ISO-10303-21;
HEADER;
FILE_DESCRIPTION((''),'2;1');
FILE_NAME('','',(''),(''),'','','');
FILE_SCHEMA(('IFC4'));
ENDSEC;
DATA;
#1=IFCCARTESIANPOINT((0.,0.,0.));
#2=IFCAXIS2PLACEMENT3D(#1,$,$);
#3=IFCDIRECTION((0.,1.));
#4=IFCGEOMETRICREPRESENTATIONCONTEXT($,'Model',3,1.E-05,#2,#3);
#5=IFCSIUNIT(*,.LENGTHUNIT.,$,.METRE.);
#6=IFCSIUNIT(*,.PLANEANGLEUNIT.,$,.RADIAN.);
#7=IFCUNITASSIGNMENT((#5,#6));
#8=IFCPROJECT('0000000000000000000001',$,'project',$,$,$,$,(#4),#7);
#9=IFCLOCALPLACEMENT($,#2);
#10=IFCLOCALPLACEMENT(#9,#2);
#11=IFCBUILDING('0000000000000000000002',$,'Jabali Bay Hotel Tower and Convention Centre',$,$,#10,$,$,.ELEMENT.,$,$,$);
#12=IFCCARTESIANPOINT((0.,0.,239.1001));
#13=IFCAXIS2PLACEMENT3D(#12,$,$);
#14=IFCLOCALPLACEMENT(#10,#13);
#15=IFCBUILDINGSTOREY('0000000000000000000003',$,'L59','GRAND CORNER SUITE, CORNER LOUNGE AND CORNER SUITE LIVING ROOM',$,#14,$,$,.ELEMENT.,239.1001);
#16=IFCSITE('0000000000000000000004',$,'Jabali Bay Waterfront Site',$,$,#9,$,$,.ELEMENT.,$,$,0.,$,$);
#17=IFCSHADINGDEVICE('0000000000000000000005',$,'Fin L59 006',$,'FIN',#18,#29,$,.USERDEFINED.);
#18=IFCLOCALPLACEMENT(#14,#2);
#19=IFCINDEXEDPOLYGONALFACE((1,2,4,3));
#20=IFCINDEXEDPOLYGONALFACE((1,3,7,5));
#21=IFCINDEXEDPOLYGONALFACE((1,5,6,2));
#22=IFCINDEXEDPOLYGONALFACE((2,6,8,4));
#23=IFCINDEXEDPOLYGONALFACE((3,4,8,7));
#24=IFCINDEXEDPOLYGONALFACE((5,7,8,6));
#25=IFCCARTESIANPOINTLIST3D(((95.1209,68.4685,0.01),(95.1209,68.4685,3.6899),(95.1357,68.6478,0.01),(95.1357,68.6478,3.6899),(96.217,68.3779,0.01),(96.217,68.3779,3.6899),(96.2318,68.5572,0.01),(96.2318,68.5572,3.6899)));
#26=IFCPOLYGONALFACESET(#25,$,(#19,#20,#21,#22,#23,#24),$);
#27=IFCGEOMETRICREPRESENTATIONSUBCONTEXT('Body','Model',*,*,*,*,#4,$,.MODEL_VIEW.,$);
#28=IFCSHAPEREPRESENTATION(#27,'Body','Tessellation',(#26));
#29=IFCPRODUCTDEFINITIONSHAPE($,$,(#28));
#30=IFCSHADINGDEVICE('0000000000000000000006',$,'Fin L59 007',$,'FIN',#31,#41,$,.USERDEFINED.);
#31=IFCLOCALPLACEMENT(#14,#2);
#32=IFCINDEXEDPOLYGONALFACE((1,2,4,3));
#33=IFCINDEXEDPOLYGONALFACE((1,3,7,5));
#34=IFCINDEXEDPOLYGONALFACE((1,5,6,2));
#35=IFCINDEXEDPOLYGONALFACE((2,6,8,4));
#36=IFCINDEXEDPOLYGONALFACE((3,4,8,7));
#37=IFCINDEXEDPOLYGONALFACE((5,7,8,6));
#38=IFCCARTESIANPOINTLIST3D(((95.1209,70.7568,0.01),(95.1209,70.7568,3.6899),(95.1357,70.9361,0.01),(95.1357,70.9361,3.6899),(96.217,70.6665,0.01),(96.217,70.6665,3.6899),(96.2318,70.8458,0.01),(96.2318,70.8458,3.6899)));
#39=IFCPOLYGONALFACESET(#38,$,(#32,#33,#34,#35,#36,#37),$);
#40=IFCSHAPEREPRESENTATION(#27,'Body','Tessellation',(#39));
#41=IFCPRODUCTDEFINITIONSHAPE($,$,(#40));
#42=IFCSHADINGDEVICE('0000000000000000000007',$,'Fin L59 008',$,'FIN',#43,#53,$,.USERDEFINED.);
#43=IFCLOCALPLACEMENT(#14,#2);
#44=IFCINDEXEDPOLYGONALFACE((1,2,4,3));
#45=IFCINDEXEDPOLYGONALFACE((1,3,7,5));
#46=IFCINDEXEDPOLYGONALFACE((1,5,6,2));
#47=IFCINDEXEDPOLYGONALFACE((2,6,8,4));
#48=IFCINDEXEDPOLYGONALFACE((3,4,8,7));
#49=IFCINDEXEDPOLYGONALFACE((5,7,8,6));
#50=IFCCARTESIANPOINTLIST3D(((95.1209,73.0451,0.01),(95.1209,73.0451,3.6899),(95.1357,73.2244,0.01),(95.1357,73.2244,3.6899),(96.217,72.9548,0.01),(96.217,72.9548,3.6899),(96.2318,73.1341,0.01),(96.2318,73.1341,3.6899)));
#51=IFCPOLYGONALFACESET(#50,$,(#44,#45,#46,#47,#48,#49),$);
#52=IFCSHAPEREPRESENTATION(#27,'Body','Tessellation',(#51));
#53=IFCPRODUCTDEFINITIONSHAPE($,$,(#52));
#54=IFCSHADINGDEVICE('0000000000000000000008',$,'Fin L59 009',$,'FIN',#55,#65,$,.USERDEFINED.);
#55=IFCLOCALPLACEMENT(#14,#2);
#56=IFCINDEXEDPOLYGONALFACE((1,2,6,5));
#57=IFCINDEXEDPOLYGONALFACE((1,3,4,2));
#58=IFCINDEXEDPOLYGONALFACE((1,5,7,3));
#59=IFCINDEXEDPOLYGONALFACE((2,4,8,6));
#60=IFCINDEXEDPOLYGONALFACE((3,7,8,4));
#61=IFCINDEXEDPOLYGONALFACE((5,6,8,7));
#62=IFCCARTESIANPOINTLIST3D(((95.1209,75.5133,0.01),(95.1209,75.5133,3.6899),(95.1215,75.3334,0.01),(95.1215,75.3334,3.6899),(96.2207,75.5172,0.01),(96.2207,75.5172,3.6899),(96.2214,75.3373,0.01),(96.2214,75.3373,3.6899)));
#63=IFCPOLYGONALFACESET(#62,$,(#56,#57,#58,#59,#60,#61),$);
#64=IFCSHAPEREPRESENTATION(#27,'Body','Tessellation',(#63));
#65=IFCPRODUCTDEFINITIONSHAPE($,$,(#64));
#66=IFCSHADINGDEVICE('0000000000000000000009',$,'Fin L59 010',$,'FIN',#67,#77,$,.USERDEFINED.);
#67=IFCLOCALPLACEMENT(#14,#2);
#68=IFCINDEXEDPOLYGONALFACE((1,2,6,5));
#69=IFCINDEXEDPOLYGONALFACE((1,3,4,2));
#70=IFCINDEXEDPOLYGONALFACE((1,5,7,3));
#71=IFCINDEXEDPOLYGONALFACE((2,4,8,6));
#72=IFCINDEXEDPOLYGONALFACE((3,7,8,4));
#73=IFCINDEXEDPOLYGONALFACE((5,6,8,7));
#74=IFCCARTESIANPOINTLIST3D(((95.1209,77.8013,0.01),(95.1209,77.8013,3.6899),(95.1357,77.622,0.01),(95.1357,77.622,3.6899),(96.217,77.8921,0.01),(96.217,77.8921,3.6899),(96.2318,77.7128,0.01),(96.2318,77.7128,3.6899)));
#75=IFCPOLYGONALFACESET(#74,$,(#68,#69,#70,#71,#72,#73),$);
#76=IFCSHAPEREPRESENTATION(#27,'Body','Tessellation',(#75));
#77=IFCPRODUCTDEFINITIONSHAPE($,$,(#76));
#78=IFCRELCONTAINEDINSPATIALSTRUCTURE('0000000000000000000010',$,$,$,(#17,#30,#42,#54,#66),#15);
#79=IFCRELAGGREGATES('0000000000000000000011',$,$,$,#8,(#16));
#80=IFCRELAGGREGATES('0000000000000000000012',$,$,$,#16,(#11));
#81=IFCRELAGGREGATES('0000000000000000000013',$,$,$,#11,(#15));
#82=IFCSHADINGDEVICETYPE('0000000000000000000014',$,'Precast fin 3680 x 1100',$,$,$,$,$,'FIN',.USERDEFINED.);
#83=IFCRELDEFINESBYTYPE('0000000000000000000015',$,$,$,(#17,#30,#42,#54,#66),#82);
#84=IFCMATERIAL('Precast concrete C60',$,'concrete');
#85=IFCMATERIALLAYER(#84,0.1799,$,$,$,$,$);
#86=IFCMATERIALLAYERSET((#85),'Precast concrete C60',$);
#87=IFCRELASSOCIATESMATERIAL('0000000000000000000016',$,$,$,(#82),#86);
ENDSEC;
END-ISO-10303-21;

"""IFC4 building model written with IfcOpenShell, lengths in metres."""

from ifc_helpers import new_model, si_unit, direction, frame, frame_2d, origin, place, context, subcontext, project, spatial, rectangle, extrude, material, layer, layer_set, type_object, element, save


model = new_model("IFC4")

# Units and contexts
model_context = context("Model", 3, precision=1e-05, world=origin(), true_north=direction((0.0, 1.0)))
body_context = subcontext(model_context, "Body", "Model", "MODEL_VIEW")
ifc_project = project(units=[si_unit("LENGTHUNIT", "METRE"), si_unit("PLANEANGLEUNIT", "RADIAN")], contexts=[model_context])

# Site, building, storey
site_placement = place(None, origin())
site = spatial("IfcSite", under=ifc_project, at=site_placement, Name="Jabali Bay Waterfront Site", CompositionType="ELEMENT", RefElevation=0.0)
building_placement = place(site_placement, origin())
building = spatial("IfcBuilding", under=site, at=building_placement, Name="Jabali Bay Hotel Tower and Convention Centre", CompositionType="ELEMENT")
storey_placement = place(building_placement, frame((0.0, 0.0, 239.1001)))
storey = spatial("IfcBuildingStorey", under=building, at=storey_placement, Name="L59", Description="GRAND CORNER SUITE, CORNER LOUNGE AND CORNER SUITE LIVING ROOM", CompositionType="ELEMENT", Elevation=239.1001)

# Shading devices
ifc_material_1 = material(Name="Precast concrete C60", Category="concrete")
ifc_layer_1 = layer(ifc_material_1, 0.1799)
ifc_layer_set_1 = layer_set([ifc_layer_1], Name="Precast concrete C60")
shading_device_type = type_object("IfcShadingDeviceType", Name="Precast fin 3680 x 1100", ElementType="FIN", PredefinedType="USERDEFINED", material=ifc_layer_set_1)
for number, where, z_axis, x_axis, name in (
    (1, (95.1284, 68.5581, 0.01), (0.0, 0.0, 1.0), (0.996604, -0.082347, 0.0), "Fin L59 006"),
    (2, (95.1284, 70.8464, 0.01), (0.0, 0.0, 1.0), (0.996622, -0.082127, 0.0), "Fin L59 007"),
    (3, (95.1284, 73.1348, 0.01), (0.0, 0.0, 1.0), (0.996622, -0.082127, 0.0), "Fin L59 008"),
    (4, (95.1213, 75.4233, 0.01), (0.0, 0.0, 1.0), (0.999994, 0.003552, 0.0), "Fin L59 009"),
    (5, (95.1284, 77.7117, 0.01), (0.0, 0.0, 1.0), (0.996585, 0.082568, 0.0), "Fin L59 010"),
):
    element("IfcShadingDevice", number, at=place(storey_placement, frame(where, z_axis=z_axis, x_axis=x_axis)), inside=storey, type_object=shading_device_type, Name=name, ObjectType="FIN", PredefinedType="USERDEFINED", context=body_context, shape_type="SweptSolid", body=[
        extrude(rectangle(XDim=1.0999, YDim=0.1799, at=frame_2d((0.5498, 0.0))), origin(), (0.0, 0.0, 1.0), 3.6799),
    ])

save(model, "model.ifc")
